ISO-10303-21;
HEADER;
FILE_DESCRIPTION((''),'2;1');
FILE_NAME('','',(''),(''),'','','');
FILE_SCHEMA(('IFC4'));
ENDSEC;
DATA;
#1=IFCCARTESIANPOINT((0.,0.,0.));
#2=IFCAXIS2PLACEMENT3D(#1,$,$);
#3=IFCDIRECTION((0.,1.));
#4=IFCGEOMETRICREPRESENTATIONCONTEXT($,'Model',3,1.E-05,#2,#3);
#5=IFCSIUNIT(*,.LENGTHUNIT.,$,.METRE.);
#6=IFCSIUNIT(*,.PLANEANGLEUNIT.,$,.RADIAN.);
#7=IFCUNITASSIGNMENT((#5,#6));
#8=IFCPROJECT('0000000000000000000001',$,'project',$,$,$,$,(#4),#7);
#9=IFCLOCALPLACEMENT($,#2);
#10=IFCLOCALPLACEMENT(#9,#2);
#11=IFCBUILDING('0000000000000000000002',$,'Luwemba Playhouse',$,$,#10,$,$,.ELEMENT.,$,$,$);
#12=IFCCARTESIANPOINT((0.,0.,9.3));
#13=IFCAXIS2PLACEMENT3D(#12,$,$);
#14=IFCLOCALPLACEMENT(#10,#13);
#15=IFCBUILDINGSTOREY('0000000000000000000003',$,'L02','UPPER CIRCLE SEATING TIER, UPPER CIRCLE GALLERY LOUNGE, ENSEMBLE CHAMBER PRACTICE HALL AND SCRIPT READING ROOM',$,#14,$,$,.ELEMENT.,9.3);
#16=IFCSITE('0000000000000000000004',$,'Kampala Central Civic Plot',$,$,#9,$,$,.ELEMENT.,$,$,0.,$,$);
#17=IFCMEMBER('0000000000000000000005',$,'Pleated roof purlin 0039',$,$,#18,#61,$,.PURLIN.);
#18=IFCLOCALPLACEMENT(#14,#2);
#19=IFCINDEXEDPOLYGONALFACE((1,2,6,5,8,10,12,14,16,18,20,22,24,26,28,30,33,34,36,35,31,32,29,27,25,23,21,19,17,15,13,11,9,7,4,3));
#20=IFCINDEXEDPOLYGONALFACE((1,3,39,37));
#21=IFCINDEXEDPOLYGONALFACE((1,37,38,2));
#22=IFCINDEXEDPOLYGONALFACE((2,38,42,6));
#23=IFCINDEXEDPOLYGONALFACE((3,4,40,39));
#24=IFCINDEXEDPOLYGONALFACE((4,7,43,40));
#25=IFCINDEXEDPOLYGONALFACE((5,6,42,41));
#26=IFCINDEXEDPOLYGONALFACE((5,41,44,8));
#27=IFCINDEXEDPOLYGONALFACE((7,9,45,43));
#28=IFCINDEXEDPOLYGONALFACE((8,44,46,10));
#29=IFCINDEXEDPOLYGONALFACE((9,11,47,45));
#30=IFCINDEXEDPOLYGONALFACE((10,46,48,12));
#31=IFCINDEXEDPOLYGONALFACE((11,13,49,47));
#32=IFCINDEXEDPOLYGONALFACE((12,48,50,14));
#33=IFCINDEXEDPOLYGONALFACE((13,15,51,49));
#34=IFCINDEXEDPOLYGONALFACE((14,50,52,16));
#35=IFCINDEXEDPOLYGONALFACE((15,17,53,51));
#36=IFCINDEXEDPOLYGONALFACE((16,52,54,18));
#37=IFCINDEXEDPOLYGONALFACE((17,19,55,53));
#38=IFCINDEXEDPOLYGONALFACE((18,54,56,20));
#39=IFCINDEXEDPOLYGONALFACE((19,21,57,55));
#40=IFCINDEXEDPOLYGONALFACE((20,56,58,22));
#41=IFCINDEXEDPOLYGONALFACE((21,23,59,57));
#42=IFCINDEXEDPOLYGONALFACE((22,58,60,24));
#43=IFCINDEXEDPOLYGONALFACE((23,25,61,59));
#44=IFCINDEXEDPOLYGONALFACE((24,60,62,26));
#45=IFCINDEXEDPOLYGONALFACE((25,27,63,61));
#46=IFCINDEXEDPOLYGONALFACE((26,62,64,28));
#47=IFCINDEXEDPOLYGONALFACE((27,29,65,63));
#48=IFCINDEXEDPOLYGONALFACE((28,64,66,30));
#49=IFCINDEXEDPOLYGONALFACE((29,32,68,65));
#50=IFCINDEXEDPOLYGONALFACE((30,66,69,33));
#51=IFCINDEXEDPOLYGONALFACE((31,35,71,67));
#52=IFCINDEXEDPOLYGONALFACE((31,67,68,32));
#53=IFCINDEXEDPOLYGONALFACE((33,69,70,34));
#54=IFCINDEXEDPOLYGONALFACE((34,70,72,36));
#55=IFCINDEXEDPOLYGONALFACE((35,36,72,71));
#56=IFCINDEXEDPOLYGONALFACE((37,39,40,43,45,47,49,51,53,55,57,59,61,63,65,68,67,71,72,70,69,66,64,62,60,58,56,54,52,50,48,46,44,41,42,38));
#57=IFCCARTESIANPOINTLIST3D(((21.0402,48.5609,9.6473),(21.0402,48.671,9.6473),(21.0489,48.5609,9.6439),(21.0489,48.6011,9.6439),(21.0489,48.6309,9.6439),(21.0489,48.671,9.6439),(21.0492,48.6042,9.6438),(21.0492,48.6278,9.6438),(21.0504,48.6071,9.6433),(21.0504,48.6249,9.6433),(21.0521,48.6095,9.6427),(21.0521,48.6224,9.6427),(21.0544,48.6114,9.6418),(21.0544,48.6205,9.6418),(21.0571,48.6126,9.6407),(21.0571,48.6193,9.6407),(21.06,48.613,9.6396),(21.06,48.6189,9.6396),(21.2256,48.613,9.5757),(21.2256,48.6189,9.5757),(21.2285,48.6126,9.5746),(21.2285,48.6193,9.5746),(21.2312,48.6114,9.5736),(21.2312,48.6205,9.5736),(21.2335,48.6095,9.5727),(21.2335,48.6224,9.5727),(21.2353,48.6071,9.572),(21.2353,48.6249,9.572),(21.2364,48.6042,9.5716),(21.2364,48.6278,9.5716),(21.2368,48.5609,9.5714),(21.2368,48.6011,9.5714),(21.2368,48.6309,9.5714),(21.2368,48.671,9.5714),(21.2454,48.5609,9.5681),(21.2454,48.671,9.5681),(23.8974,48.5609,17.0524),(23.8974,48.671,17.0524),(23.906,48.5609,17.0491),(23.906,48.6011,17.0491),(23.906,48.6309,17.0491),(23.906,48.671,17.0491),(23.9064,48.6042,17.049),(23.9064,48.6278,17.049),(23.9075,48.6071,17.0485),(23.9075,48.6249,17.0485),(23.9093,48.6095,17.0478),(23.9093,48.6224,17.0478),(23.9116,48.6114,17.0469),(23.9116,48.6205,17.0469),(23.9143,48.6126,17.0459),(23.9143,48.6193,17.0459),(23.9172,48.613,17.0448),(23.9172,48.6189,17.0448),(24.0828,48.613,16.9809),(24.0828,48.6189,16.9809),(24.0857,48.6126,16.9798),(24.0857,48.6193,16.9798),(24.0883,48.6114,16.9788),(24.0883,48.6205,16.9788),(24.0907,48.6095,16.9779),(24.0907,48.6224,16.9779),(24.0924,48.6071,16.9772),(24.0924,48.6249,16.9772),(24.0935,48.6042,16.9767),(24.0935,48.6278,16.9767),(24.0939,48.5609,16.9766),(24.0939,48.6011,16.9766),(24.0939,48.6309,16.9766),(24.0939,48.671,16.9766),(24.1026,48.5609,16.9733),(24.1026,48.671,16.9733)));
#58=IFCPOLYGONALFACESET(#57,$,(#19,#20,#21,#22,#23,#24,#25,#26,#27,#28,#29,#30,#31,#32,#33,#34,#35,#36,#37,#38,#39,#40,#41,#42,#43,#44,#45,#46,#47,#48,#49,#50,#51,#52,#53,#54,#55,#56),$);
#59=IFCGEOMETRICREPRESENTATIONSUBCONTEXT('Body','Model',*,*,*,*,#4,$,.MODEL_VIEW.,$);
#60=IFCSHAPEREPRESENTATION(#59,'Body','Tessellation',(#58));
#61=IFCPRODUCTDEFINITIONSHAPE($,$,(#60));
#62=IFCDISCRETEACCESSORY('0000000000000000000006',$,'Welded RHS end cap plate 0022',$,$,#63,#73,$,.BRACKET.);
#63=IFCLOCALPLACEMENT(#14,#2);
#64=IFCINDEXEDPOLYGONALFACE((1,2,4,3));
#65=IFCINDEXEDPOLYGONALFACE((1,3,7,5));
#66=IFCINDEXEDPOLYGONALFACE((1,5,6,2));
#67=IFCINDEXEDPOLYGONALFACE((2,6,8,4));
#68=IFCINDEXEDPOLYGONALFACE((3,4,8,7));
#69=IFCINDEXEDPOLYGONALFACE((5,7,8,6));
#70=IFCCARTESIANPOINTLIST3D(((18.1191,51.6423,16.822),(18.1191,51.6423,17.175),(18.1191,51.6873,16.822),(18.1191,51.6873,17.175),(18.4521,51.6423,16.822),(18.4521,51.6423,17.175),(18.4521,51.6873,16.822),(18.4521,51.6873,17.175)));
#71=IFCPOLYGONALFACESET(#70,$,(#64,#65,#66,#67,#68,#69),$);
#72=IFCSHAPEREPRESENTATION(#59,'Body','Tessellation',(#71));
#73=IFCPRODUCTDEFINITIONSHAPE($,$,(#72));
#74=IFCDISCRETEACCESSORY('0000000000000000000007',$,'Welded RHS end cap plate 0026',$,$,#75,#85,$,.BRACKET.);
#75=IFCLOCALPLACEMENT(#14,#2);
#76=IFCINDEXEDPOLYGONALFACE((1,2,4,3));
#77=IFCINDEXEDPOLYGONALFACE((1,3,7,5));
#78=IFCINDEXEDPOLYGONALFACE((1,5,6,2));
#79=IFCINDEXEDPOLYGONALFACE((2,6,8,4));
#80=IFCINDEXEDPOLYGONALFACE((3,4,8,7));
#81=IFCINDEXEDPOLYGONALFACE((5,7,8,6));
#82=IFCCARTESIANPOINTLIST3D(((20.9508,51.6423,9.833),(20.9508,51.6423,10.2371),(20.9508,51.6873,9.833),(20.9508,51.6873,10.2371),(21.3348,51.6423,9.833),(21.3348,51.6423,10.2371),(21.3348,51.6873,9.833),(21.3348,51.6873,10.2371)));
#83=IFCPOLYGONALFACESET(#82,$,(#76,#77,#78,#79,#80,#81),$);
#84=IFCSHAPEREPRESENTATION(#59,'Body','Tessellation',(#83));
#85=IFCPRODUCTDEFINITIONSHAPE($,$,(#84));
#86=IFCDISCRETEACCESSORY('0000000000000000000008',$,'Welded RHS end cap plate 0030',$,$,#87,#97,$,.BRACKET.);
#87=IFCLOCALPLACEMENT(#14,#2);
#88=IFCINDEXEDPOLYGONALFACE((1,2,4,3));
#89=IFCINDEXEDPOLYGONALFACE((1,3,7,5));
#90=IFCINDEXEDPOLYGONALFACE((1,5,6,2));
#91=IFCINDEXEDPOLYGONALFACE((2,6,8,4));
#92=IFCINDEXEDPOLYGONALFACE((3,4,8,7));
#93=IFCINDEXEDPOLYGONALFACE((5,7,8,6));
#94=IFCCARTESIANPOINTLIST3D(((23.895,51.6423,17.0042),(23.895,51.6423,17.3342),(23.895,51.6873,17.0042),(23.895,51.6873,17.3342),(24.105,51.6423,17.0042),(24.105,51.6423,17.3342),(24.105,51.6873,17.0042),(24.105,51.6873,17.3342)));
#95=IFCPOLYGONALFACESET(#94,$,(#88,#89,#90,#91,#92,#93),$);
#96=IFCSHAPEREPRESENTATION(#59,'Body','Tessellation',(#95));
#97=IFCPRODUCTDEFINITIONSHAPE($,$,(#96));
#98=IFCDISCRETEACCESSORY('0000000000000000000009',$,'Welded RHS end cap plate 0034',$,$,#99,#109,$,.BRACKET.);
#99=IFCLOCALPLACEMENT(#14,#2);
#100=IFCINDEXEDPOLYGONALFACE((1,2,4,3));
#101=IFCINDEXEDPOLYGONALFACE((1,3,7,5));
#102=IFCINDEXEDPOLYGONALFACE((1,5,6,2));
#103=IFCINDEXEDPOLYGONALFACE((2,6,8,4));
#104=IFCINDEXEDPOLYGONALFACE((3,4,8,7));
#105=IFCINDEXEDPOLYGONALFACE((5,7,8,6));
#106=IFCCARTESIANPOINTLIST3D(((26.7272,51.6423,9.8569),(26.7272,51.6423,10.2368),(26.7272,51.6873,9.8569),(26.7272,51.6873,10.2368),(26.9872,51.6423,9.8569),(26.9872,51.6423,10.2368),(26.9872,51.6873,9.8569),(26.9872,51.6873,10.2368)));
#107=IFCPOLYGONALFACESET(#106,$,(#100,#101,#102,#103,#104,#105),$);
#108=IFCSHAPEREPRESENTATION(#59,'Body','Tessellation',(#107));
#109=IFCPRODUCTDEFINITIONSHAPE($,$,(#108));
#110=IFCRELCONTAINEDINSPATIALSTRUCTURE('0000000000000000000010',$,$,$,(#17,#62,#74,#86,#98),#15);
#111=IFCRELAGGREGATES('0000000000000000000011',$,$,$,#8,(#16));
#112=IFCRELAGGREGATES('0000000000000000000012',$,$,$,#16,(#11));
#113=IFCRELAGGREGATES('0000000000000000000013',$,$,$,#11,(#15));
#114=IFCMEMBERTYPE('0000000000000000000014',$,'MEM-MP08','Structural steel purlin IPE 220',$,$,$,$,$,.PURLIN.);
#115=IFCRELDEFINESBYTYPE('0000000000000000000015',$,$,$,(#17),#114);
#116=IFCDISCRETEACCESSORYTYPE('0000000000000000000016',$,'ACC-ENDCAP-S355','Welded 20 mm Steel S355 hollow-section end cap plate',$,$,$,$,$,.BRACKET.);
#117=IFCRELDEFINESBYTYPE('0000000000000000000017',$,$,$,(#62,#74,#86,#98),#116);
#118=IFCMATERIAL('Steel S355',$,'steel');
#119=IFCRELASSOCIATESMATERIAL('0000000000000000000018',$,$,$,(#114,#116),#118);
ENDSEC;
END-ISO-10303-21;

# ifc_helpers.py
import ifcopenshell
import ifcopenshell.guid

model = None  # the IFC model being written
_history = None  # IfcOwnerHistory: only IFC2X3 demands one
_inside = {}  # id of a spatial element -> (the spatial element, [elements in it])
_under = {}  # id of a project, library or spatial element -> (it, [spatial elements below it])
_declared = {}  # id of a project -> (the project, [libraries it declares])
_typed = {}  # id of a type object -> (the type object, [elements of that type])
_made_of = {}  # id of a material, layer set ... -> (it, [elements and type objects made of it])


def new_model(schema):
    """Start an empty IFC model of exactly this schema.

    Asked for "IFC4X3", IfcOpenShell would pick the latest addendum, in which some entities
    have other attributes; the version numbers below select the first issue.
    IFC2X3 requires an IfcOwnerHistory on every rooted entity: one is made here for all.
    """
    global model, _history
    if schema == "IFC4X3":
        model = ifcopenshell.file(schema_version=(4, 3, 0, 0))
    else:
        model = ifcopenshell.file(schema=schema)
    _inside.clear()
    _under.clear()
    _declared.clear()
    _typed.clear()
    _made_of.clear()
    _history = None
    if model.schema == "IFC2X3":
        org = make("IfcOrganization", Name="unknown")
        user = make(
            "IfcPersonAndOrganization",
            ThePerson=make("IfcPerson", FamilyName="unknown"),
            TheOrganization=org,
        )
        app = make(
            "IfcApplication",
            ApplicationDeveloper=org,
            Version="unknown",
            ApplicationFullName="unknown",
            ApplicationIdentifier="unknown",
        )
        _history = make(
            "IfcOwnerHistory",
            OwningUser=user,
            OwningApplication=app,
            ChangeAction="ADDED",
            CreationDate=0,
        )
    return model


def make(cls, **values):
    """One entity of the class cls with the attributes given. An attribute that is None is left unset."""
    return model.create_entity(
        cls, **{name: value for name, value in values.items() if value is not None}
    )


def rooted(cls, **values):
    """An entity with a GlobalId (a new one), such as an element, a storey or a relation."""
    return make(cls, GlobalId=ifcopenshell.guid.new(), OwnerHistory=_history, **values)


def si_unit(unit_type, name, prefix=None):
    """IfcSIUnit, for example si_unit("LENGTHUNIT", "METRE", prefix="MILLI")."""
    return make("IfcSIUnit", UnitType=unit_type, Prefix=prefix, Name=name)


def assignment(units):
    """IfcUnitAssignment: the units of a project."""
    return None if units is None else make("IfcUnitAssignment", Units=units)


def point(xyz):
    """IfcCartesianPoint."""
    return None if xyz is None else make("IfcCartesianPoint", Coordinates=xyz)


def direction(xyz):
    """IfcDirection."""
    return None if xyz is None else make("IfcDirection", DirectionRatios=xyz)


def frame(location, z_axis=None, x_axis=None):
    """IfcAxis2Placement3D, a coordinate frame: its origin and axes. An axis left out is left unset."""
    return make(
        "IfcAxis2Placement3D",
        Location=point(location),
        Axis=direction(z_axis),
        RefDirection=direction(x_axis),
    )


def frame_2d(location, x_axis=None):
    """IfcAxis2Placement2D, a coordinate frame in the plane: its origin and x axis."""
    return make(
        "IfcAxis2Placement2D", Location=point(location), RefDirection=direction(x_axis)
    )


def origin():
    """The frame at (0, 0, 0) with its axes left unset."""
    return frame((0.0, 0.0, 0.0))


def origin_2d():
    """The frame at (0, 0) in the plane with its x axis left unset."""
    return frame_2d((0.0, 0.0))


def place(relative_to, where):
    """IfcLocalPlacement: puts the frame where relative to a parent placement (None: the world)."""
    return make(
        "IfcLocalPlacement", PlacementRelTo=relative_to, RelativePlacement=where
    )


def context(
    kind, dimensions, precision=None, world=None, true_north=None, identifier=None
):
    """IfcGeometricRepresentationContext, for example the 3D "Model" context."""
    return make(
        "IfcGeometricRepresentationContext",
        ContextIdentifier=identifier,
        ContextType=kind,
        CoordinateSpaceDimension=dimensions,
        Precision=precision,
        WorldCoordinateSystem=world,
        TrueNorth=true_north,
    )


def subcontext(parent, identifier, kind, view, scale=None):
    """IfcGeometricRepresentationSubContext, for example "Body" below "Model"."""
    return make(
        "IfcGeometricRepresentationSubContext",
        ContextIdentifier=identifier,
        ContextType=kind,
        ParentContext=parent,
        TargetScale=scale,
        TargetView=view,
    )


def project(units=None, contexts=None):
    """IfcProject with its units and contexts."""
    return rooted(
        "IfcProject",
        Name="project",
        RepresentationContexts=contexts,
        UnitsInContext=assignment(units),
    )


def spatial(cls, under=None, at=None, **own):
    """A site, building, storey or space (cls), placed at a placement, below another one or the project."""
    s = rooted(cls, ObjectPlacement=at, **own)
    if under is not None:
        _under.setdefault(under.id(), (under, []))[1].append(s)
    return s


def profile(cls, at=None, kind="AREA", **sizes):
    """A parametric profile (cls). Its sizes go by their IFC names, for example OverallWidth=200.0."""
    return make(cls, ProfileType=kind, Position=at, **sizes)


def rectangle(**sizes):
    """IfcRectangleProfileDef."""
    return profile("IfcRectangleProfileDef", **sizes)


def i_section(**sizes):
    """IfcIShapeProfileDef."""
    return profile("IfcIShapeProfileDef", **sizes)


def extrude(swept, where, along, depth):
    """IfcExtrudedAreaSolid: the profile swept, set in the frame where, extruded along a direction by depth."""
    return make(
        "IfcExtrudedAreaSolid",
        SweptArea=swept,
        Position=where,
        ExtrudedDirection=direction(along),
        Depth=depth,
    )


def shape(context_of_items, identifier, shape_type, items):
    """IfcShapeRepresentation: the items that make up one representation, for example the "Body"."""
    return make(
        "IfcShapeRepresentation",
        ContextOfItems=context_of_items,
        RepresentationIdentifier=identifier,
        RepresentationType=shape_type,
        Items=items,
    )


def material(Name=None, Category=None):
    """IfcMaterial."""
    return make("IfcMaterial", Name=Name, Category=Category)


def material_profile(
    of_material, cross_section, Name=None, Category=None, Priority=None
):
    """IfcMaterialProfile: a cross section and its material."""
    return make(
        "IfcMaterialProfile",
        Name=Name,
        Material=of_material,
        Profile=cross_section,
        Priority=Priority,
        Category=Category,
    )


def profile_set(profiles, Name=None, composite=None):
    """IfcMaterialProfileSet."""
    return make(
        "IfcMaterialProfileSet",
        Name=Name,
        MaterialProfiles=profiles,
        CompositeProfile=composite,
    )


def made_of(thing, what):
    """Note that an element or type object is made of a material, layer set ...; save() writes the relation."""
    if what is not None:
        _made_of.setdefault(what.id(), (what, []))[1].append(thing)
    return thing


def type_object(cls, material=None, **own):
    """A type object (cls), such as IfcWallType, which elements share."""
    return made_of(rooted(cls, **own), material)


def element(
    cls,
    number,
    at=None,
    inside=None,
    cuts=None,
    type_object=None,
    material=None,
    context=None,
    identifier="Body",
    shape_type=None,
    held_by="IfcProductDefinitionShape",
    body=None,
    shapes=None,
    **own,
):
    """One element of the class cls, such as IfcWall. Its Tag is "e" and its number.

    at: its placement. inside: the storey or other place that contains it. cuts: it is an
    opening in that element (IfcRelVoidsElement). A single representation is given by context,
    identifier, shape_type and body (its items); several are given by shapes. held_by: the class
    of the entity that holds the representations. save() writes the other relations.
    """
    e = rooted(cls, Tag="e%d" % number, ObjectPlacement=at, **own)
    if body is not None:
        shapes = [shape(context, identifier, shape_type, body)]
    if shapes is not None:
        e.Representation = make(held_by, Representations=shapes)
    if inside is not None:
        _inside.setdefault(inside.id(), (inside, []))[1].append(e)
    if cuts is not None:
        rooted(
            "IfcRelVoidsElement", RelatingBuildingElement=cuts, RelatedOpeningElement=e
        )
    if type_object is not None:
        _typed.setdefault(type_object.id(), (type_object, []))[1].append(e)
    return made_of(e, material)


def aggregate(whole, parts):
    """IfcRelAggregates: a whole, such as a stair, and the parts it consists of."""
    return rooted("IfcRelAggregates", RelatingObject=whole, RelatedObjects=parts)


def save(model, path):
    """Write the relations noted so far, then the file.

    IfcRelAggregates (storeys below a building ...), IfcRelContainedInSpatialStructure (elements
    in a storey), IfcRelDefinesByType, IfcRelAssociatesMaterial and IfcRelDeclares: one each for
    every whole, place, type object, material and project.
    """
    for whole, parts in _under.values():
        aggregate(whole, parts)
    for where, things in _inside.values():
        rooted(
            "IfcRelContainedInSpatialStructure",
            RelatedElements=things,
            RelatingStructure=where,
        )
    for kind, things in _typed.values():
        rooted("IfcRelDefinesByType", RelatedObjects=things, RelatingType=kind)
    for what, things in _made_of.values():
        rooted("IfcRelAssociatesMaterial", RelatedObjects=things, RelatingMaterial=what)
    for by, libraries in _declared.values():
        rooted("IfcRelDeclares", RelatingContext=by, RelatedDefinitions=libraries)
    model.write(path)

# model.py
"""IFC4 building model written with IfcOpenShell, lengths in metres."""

from ifc_helpers import new_model, si_unit, direction, frame, origin, origin_2d, place, context, subcontext, project, spatial, rectangle, i_section, extrude, material, material_profile, profile_set, type_object, element, save


model = new_model("IFC4")

# Units and contexts
model_context = context("Model", 3, precision=1e-05, world=origin(), true_north=direction((0.0, 1.0)))
body_context = subcontext(model_context, "Body", "Model", "MODEL_VIEW")
ifc_project = project(units=[si_unit("LENGTHUNIT", "METRE"), si_unit("PLANEANGLEUNIT", "RADIAN")], contexts=[model_context])

# Site, building, storey
site_placement = place(None, origin())
site = spatial("IfcSite", under=ifc_project, at=site_placement, Name="Kampala Central Civic Plot", CompositionType="ELEMENT", RefElevation=0.0)
building_placement = place(site_placement, origin())
building = spatial("IfcBuilding", under=site, at=building_placement, Name="Luwemba Playhouse", CompositionType="ELEMENT")
storey_placement = place(building_placement, frame((0.0, 0.0, 9.3)))
storey = spatial("IfcBuildingStorey", under=building, at=storey_placement, Name="L02", Description="UPPER CIRCLE SEATING TIER, UPPER CIRCLE GALLERY LOUNGE, ENSEMBLE CHAMBER PRACTICE HALL AND SCRIPT READING ROOM", CompositionType="ELEMENT", Elevation=9.3)

# Shared definitions
ifc_material_1 = material(Name="Steel S355", Category="steel")

# Member
ifc_material_profile_1 = material_profile(ifc_material_1, i_section(OverallWidth=0.1101, OverallDepth=0.22, WebThickness=0.0059, FlangeThickness=0.0093, FilletRadius=0.012, at=origin_2d()))
ifc_profile_set_1 = profile_set([ifc_material_profile_1], Name="Steel S355")
member_type_1 = type_object("IfcMemberType", Name="MEM-MP08", Description="Structural steel purlin IPE 220", PredefinedType="PURLIN", material=ifc_profile_set_1)
for number, where, z_axis, x_axis, name in (
    (1, (21.1428, 48.616, 9.6077), (0.359966, 0.0, 0.932965), (0.0, 1.0, 0.0), "Pleated roof purlin 0039"),
):
    element("IfcMember", number, at=place(storey_placement, frame(where, z_axis=z_axis, x_axis=x_axis)), inside=storey, type_object=member_type_1, Name=name, PredefinedType="PURLIN", context=body_context, shape_type="SweptSolid", body=[
        extrude(i_section(OverallWidth=0.1101, OverallDepth=0.22, WebThickness=0.0059, FlangeThickness=0.0093, FilletRadius=0.012, at=origin_2d()), origin(), (0.0, 0.0, 1.0), 7.9373),
    ])

# Discrete accessories
discrete_accessory_type = type_object("IfcDiscreteAccessoryType", Name="ACC-ENDCAP-S355", Description="Welded 20 mm Steel S355 hollow-section end cap plate", PredefinedType="BRACKET", material=ifc_material_1)
discrete_accessory_1_placement = place(storey_placement, frame((18.2856, 51.6648, 16.822), z_axis=(0.0, 0.0, 1.0), x_axis=(1.0, 0.0, 0.0)))
element("IfcDiscreteAccessory", 2, at=discrete_accessory_1_placement, inside=storey, type_object=discrete_accessory_type, Name="Welded RHS end cap plate 0022", PredefinedType="BRACKET", context=body_context, shape_type="SweptSolid", body=[
    extrude(rectangle(XDim=0.333, YDim=0.0449, at=origin_2d()), origin(), (0.0, 0.0, 1.0), 0.353),
])
discrete_accessory_2_placement = place(storey_placement, frame((21.1428, 51.6648, 9.833), z_axis=(0.0, 0.0, 1.0), x_axis=(1.0, 0.0, 0.0)))
element("IfcDiscreteAccessory", 3, at=discrete_accessory_2_placement, inside=storey, type_object=discrete_accessory_type, Name="Welded RHS end cap plate 0026", PredefinedType="BRACKET", context=body_context, shape_type="SweptSolid", body=[
    extrude(rectangle(XDim=0.384, YDim=0.0449, at=origin_2d()), origin(), (0.0, 0.0, 1.0), 0.4041),
])
discrete_accessory_3_placement = place(storey_placement, frame((24.0, 51.6648, 17.0042), z_axis=(0.0, 0.0, 1.0), x_axis=(1.0, 0.0, 0.0)))
element("IfcDiscreteAccessory", 4, at=discrete_accessory_3_placement, inside=storey, type_object=discrete_accessory_type, Name="Welded RHS end cap plate 0030", PredefinedType="BRACKET", context=body_context, shape_type="SweptSolid", body=[
    extrude(rectangle(XDim=0.21, YDim=0.0449, at=origin_2d()), origin(), (0.0, 0.0, 1.0), 0.3301),
])
discrete_accessory_4_placement = place(storey_placement, frame((26.8572, 51.6648, 9.8569), z_axis=(0.0, 0.0, 1.0), x_axis=(1.0, 0.0, 0.0)))
element("IfcDiscreteAccessory", 5, at=discrete_accessory_4_placement, inside=storey, type_object=discrete_accessory_type, Name="Welded RHS end cap plate 0034", PredefinedType="BRACKET", context=body_context, shape_type="SweptSolid", body=[
    extrude(rectangle(XDim=0.26, YDim=0.0449, at=origin_2d()), origin(), (0.0, 0.0, 1.0), 0.3799),
])

save(model, "model.ifc")
